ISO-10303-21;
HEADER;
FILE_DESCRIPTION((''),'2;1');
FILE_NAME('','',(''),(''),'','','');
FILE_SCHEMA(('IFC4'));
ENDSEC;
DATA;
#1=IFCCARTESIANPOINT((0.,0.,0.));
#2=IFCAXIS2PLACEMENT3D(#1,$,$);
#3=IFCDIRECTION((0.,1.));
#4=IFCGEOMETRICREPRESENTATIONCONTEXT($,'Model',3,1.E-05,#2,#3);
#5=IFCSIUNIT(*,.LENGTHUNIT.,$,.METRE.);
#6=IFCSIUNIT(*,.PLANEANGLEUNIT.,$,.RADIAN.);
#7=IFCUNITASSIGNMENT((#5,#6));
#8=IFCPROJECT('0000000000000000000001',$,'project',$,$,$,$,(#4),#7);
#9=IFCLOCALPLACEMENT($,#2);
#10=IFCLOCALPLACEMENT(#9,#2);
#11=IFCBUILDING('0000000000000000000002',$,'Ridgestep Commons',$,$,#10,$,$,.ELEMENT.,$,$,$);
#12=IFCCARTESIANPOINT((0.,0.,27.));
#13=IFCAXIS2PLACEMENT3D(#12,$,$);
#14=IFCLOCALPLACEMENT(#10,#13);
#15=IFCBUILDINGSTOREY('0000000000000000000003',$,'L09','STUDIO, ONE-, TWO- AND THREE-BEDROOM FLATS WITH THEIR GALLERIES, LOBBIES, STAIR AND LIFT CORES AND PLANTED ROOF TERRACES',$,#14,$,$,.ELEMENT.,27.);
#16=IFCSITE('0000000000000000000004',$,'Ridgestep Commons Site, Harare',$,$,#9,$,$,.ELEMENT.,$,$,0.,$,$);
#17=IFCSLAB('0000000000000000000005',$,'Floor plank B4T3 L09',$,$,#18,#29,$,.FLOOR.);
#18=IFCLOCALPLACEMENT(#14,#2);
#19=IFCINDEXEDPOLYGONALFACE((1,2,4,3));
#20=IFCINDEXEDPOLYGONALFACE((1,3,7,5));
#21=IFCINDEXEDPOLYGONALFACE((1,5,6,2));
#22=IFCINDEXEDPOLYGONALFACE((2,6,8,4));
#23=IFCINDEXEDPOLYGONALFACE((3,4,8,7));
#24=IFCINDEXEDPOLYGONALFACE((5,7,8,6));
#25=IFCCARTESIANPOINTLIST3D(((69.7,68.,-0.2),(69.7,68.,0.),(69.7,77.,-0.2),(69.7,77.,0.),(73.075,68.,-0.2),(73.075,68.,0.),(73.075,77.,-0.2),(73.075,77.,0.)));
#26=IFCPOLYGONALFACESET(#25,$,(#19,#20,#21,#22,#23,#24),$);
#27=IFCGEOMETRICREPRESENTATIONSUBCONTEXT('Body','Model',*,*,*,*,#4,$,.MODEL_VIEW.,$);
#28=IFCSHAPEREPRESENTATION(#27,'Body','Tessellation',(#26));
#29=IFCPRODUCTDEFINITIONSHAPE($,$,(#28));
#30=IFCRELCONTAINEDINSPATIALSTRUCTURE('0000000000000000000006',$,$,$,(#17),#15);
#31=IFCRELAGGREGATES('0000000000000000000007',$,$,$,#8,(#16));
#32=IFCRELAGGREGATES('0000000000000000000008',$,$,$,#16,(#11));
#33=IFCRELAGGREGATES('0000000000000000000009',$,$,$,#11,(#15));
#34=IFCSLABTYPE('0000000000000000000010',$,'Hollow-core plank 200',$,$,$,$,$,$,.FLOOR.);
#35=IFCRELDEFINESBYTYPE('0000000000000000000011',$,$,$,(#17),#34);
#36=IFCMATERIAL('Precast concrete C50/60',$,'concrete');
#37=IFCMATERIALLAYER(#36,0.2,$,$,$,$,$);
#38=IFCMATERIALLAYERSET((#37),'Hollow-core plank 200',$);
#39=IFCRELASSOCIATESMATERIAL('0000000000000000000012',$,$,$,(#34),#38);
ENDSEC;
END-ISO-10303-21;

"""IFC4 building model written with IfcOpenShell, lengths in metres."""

from ifc_helpers import new_model, si_unit, direction, frame, origin, place, context, subcontext, project, spatial, polyline, outline, extrude, material, layer, layer_set, type_object, element, save


model = new_model("IFC4")

# Units and contexts
model_context = context("Model", 3, precision=1e-05, world=origin(), true_north=direction((0.0, 1.0)))
body_context = subcontext(model_context, "Body", "Model", "MODEL_VIEW")
ifc_project = project(units=[si_unit("LENGTHUNIT", "METRE"), si_unit("PLANEANGLEUNIT", "RADIAN")], contexts=[model_context])

# Site, building, storey
site_placement = place(None, origin())
site = spatial("IfcSite", under=ifc_project, at=site_placement, Name="Ridgestep Commons Site, Harare", CompositionType="ELEMENT", RefElevation=0.0)
building_placement = place(site_placement, origin())
building = spatial("IfcBuilding", under=site, at=building_placement, Name="Ridgestep Commons", CompositionType="ELEMENT")
storey_placement = place(building_placement, frame((0.0, 0.0, 27.0)))
storey = spatial("IfcBuildingStorey", under=building, at=storey_placement, Name="L09", Description="STUDIO, ONE-, TWO- AND THREE-BEDROOM FLATS WITH THEIR GALLERIES, LOBBIES, STAIR AND LIFT CORES AND PLANTED ROOF TERRACES", CompositionType="ELEMENT", Elevation=27.0)

# Slab
ifc_material_1 = material(Name="Precast concrete C50/60", Category="concrete")
ifc_layer_1 = layer(ifc_material_1, 0.2)
ifc_layer_set_1 = layer_set([ifc_layer_1], Name="Hollow-core plank 200")
slab_type_1 = type_object("IfcSlabType", Name="Hollow-core plank 200", PredefinedType="FLOOR", material=ifc_layer_set_1)
slab_1_placement = place(storey_placement, frame((0.0, 0.0, -0.2)))
element("IfcSlab", 1, at=slab_1_placement, inside=storey, type_object=slab_type_1, Name="Floor plank B4T3 L09", PredefinedType="FLOOR", context=body_context, shape_type="SweptSolid", body=[
    extrude(outline(polyline([(73.075, 68.0), (73.075, 77.0), (69.7, 77.0), (69.7, 68.0), (73.075, 68.0)])), origin(), (0.0, 0.0, 1.0), 0.2),
])

save(model, "model.ifc")
